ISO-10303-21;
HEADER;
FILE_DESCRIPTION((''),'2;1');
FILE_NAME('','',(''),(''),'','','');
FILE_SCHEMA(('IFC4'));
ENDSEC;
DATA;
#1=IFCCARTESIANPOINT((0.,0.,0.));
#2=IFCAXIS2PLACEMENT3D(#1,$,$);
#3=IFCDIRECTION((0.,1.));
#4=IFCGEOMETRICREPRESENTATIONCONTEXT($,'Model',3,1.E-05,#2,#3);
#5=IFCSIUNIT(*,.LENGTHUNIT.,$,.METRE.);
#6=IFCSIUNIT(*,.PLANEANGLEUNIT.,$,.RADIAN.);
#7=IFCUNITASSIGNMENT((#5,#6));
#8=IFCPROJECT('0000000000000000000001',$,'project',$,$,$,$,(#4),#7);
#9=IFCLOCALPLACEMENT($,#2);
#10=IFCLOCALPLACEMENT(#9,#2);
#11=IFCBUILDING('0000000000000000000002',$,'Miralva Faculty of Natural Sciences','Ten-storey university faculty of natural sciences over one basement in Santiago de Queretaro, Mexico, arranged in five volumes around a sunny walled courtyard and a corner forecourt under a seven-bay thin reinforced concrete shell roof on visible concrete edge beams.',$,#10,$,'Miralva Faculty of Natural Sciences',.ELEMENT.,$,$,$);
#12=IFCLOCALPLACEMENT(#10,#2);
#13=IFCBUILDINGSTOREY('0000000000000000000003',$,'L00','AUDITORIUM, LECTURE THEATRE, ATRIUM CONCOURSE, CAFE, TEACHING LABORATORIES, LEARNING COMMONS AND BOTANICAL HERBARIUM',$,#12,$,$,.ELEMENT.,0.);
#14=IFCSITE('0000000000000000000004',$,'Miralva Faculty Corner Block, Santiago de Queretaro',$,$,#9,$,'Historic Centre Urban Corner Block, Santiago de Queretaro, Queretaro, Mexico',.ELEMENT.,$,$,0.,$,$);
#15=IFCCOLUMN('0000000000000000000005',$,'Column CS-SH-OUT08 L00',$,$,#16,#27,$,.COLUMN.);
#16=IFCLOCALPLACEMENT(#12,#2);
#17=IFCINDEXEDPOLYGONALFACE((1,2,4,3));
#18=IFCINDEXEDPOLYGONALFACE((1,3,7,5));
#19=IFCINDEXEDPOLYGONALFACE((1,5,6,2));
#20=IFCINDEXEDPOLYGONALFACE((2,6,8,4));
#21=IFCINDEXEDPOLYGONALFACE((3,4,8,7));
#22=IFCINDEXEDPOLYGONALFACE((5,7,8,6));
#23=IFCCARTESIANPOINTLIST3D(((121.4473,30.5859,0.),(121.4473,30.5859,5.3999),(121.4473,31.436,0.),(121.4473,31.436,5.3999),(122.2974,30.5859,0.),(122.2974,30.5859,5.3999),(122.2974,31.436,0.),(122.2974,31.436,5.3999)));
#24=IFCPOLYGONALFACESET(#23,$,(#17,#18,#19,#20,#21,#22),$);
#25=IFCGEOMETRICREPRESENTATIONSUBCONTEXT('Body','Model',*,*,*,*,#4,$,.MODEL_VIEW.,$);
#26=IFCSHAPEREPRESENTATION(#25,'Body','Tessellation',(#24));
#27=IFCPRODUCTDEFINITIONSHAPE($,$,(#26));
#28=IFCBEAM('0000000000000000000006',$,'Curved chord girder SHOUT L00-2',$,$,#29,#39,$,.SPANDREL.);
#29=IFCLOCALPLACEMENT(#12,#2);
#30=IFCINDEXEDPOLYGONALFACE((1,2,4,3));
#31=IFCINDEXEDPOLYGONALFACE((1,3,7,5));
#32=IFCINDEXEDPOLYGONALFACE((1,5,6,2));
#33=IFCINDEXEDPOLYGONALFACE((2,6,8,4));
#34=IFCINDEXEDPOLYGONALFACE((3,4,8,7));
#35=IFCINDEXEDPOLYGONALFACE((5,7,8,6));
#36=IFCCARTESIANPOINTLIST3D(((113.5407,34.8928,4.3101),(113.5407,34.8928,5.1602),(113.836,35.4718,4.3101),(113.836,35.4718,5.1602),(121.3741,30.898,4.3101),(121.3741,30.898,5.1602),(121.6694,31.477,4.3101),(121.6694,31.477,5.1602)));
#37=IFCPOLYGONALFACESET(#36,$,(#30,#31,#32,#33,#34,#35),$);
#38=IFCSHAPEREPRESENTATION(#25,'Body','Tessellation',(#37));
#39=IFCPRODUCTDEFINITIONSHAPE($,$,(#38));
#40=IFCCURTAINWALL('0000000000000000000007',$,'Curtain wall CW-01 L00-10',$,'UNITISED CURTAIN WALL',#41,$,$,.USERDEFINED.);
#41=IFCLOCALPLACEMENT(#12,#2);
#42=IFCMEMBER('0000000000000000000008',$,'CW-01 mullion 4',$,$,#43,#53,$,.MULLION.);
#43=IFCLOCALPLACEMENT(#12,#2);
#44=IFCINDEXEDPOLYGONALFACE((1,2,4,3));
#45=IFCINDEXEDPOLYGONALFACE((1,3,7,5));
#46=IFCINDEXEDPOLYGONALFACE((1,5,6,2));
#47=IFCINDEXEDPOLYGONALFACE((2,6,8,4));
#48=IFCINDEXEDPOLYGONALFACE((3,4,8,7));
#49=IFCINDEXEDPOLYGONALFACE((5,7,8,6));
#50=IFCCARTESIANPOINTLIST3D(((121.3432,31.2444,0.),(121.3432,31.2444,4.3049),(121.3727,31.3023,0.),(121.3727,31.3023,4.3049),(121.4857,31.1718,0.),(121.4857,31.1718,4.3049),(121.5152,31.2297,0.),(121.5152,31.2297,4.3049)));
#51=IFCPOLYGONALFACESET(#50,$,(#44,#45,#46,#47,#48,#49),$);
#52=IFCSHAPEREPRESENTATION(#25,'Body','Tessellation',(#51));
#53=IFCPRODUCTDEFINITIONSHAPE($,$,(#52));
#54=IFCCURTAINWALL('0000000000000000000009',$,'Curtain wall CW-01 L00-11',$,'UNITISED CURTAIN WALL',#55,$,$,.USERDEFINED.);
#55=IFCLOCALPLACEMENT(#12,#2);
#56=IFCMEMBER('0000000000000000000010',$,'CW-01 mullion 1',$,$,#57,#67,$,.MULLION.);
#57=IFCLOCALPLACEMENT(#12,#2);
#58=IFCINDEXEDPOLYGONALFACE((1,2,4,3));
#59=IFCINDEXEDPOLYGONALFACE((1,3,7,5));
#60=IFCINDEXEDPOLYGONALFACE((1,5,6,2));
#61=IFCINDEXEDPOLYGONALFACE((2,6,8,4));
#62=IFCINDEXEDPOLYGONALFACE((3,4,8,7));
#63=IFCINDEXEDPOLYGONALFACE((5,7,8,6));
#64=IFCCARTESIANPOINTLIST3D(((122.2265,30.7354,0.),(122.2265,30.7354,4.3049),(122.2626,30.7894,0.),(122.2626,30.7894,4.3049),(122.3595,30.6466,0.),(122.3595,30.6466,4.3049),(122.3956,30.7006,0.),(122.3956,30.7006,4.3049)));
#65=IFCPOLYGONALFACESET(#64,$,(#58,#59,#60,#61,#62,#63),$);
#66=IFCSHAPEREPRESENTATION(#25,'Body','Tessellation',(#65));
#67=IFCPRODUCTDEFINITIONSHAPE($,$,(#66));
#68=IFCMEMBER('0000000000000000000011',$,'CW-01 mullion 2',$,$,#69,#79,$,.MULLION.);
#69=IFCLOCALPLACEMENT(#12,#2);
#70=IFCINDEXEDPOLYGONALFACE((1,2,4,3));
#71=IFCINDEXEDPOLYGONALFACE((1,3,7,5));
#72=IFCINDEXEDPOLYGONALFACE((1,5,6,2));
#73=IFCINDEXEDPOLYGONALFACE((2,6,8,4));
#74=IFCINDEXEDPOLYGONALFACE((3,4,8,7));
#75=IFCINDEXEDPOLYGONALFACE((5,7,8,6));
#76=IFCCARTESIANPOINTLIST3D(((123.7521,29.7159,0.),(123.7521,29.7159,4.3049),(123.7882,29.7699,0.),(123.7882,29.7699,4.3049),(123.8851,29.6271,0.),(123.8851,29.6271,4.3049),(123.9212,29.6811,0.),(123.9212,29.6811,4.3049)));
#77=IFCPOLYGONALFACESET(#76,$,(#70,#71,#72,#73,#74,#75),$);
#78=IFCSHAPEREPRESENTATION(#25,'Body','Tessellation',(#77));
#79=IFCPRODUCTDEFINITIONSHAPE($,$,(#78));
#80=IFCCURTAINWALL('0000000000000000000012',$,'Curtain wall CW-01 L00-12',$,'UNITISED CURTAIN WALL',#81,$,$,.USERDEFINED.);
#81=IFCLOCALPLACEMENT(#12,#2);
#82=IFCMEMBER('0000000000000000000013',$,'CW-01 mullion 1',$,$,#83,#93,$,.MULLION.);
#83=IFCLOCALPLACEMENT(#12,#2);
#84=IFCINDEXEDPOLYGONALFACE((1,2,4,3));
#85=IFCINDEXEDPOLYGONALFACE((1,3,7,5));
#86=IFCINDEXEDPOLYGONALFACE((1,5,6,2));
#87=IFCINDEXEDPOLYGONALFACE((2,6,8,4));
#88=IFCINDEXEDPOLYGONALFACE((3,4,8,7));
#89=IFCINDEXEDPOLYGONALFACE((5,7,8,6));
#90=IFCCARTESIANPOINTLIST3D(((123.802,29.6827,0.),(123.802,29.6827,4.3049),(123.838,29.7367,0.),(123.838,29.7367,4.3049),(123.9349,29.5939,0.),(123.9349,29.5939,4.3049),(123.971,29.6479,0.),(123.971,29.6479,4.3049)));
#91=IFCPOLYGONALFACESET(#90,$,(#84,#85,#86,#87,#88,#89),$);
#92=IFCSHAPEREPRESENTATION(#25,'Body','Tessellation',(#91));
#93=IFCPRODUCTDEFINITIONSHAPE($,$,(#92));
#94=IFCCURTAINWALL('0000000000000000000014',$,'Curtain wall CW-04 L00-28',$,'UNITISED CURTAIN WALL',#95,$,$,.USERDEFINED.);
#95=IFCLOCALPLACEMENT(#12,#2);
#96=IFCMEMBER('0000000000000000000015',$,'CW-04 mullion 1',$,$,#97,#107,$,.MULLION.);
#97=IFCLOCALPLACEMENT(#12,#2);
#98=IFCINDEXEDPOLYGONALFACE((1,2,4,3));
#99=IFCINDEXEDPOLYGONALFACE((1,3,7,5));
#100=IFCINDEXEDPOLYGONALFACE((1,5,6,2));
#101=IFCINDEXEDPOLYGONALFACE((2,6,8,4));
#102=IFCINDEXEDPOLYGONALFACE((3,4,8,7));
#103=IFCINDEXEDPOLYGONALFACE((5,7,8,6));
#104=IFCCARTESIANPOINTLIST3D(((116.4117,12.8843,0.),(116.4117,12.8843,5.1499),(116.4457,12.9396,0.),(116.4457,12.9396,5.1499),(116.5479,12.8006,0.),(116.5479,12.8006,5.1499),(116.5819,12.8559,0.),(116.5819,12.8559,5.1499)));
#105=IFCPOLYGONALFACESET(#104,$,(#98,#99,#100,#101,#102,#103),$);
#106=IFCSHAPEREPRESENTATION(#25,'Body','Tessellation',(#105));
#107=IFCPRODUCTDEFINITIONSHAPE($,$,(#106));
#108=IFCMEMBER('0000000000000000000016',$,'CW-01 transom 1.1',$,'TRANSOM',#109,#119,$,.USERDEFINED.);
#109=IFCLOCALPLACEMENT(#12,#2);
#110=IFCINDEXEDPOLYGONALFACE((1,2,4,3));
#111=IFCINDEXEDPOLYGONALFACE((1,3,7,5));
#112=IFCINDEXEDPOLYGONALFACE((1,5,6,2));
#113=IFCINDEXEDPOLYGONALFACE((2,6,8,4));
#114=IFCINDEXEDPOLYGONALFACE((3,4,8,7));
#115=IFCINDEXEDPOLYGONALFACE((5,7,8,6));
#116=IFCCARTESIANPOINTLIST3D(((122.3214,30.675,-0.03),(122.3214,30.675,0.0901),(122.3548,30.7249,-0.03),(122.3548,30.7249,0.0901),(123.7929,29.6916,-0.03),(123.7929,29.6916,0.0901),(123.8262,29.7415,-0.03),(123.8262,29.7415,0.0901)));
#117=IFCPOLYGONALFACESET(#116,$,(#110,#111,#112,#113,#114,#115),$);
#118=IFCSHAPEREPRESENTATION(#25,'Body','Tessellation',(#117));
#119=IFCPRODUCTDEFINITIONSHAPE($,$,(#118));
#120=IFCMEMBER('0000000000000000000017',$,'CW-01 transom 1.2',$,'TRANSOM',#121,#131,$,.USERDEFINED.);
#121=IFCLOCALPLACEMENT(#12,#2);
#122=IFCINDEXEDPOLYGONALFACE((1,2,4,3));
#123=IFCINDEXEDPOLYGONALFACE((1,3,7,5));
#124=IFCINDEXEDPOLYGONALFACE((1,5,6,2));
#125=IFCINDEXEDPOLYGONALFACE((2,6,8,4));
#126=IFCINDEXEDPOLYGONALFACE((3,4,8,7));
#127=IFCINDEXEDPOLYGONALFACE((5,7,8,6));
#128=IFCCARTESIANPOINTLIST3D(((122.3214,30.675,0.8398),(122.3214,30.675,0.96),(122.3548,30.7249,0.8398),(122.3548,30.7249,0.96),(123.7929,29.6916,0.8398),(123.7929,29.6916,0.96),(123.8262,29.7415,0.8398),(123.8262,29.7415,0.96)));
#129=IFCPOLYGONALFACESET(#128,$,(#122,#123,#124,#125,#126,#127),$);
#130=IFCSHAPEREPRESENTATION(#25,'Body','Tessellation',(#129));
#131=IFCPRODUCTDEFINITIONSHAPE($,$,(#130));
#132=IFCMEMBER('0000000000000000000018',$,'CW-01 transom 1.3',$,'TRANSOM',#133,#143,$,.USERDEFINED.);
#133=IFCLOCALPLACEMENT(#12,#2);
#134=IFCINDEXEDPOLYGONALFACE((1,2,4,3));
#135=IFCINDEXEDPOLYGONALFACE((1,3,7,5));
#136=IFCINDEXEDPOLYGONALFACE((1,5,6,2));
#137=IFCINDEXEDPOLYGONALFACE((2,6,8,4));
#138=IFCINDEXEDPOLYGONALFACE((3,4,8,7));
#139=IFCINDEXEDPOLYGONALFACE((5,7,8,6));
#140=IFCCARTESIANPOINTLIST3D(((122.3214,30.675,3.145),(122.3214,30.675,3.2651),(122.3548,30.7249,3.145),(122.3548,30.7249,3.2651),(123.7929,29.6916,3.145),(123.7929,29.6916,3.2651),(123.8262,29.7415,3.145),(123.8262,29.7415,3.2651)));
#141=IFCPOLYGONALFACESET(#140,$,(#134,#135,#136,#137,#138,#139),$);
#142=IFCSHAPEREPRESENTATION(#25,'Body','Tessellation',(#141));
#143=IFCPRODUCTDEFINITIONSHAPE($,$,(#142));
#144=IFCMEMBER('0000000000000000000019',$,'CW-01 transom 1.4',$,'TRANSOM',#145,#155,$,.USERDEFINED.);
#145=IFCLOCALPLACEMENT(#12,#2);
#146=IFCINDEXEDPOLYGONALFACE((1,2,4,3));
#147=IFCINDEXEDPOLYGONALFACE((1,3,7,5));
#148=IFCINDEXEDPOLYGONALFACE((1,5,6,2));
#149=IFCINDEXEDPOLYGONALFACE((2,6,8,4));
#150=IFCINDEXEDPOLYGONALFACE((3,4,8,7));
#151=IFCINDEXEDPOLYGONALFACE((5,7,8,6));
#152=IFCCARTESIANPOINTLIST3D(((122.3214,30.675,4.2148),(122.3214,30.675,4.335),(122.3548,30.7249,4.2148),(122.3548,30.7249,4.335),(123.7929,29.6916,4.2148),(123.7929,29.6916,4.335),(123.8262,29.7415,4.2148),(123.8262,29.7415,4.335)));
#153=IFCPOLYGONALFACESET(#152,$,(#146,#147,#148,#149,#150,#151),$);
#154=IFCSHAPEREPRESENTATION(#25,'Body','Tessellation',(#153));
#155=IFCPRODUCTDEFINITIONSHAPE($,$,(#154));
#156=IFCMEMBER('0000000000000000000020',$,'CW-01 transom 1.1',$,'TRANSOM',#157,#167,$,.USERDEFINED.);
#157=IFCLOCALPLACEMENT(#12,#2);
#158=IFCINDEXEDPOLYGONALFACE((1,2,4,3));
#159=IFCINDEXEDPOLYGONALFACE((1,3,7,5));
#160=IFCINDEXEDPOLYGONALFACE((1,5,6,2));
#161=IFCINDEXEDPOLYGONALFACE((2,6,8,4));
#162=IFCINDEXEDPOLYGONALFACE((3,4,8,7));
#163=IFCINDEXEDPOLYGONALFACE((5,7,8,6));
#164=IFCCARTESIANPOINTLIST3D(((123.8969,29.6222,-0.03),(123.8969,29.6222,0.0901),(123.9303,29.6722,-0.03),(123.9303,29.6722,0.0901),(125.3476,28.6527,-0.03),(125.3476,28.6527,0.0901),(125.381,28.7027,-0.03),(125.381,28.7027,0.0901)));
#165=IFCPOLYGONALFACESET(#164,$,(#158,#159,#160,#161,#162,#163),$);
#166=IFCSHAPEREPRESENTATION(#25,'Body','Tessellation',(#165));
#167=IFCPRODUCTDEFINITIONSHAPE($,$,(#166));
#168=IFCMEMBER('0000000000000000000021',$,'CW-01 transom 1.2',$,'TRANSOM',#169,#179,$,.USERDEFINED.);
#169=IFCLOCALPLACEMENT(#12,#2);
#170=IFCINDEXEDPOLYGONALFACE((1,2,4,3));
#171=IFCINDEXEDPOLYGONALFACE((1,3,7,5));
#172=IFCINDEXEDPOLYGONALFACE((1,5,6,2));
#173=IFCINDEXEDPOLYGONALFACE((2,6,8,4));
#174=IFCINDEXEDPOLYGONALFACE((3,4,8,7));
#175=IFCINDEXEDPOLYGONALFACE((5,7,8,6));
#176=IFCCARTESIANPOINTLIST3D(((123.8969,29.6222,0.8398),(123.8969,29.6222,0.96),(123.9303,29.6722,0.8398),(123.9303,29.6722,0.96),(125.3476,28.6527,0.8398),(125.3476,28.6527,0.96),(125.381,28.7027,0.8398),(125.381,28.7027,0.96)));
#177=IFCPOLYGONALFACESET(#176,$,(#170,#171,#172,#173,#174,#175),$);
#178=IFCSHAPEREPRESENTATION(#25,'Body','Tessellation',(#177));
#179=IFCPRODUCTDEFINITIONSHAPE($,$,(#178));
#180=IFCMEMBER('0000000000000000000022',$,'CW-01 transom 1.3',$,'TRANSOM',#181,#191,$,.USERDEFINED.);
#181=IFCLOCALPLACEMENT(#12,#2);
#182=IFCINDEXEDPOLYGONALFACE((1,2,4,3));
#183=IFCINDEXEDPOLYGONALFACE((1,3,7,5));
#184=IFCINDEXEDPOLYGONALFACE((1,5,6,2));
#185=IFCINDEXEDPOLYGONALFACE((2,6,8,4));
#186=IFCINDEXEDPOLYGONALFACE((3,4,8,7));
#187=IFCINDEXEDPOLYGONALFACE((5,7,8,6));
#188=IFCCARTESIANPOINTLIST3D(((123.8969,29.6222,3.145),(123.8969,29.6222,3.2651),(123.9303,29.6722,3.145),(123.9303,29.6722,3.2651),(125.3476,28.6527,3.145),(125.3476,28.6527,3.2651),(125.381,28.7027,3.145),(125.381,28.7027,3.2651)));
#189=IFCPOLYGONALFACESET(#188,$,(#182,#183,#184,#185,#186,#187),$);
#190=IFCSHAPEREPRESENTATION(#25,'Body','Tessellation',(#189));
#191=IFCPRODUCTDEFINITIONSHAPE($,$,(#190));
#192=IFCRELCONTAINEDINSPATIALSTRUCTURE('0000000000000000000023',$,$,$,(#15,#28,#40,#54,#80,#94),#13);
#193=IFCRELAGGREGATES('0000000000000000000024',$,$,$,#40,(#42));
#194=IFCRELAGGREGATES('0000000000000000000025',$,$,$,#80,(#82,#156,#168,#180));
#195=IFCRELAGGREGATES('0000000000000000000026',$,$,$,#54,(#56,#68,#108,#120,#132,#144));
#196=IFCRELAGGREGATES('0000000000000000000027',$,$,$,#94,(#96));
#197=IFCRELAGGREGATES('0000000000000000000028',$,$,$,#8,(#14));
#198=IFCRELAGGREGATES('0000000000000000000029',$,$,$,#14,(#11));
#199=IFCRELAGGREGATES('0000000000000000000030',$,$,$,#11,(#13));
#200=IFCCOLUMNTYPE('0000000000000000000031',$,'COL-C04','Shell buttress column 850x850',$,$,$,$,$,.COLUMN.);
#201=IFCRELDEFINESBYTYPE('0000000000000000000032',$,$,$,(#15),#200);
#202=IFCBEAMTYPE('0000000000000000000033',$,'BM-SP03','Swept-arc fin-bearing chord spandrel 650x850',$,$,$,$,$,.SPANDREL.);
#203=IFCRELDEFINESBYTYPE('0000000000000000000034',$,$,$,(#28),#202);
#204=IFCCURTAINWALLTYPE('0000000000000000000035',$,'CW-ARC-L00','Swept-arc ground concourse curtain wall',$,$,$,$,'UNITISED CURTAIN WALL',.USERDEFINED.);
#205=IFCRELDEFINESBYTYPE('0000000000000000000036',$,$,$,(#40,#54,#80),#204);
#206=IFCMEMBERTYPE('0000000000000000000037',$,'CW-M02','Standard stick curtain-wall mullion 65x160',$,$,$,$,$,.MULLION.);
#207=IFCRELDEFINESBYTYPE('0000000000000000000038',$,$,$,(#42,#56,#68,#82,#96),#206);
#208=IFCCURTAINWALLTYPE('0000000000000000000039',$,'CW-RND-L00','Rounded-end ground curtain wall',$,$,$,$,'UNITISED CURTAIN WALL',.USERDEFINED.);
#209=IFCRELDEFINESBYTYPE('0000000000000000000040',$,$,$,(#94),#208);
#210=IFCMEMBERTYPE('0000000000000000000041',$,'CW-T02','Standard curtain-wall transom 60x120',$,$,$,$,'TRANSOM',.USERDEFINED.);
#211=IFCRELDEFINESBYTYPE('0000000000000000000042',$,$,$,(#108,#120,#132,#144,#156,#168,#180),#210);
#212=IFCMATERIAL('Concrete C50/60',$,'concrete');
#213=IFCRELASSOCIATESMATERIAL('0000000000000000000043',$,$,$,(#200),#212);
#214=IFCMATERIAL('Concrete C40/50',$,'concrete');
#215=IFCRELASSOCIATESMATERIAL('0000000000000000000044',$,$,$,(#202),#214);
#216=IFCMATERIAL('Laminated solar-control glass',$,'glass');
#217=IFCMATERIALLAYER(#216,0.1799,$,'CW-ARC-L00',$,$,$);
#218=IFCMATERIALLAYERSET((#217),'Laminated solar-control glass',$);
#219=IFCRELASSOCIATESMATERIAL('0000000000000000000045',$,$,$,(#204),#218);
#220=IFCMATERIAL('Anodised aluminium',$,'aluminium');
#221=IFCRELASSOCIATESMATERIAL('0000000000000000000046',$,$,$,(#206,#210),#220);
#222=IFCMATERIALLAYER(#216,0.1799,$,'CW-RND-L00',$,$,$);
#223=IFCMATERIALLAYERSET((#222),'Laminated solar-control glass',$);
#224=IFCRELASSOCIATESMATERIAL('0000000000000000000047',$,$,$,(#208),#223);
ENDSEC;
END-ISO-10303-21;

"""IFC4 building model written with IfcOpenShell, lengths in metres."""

from ifc_helpers import new_model, si_unit, direction, frame, origin, origin_2d, place, context, subcontext, project, spatial, rectangle, extrude, material, layer, layer_set, material_profile, profile_set, type_object, element, aggregate, save


model = new_model("IFC4")

# Units and contexts
model_context = context("Model", 3, precision=1e-05, world=origin(), true_north=direction((0.0, 1.0)))
body_context = subcontext(model_context, "Body", "Model", "MODEL_VIEW")
ifc_project = project(units=[si_unit("LENGTHUNIT", "METRE"), si_unit("PLANEANGLEUNIT", "RADIAN")], contexts=[model_context])

# Site, building, storey
site_placement = place(None, origin())
site = spatial("IfcSite", under=ifc_project, at=site_placement, Name="Miralva Faculty Corner Block, Santiago de Queretaro", LongName="Historic Centre Urban Corner Block, Santiago de Queretaro, Queretaro, Mexico", CompositionType="ELEMENT", RefElevation=0.0)
building_placement = place(site_placement, origin())
building = spatial("IfcBuilding", under=site, at=building_placement, Name="Miralva Faculty of Natural Sciences", Description="Ten-storey university faculty of natural sciences over one basement in Santiago de Queretaro, Mexico, arranged in five volumes around a sunny walled courtyard and a corner forecourt under a seven-bay thin reinforced concrete shell roof on visible concrete edge beams.", LongName="Miralva Faculty of Natural Sciences", CompositionType="ELEMENT")
storey_placement = place(building_placement, origin())
storey = spatial("IfcBuildingStorey", under=building, at=storey_placement, Name="L00", Description="AUDITORIUM, LECTURE THEATRE, ATRIUM CONCOURSE, CAFE, TEACHING LABORATORIES, LEARNING COMMONS AND BOTANICAL HERBARIUM", CompositionType="ELEMENT", Elevation=0.0)

# Column
ifc_material_1 = material(Name="Concrete C50/60", Category="concrete")
ifc_material_profile_1 = material_profile(ifc_material_1, rectangle(XDim=0.8501, YDim=0.8501, at=origin_2d()), Name="RC 850x850")
ifc_profile_set_1 = profile_set([ifc_material_profile_1], Name="Concrete C50/60")
column_type = type_object("IfcColumnType", Name="COL-C04", Description="Shell buttress column 850x850", PredefinedType="COLUMN", material=ifc_profile_set_1)
column_placement = place(storey_placement, frame((121.8723, 31.011, 0.0), z_axis=(0.0, 0.0, 1.0), x_axis=(1.0, 0.0, 0.0)))
element("IfcColumn", 1, at=column_placement, inside=storey, type_object=column_type, Name="Column CS-SH-OUT08 L00", PredefinedType="COLUMN", context=body_context, shape_type="SweptSolid", body=[
    extrude(rectangle(XDim=0.8501, YDim=0.8501, at=origin_2d()), origin(), (0.0, 0.0, 1.0), 5.3999),
])

# Beam
ifc_material_2 = material(Name="Concrete C40/50", Category="concrete")
ifc_material_profile_2 = material_profile(ifc_material_2, rectangle(XDim=0.6499, YDim=0.8501, at=origin_2d()), Name="RC 650x850")
ifc_profile_set_2 = profile_set([ifc_material_profile_2], Name="Concrete C40/50")
beam_type = type_object("IfcBeamType", Name="BM-SP03", Description="Swept-arc fin-bearing chord spandrel 650x850", PredefinedType="SPANDREL", material=ifc_profile_set_2)
beam_placement = place(storey_placement, frame((121.5217, 31.1875, 4.7351), z_axis=(-0.890845, 0.454307, 0.0), x_axis=(-0.454307, -0.890845, 0.0)))
element("IfcBeam", 2, at=beam_placement, inside=storey, type_object=beam_type, Name="Curved chord girder SHOUT L00-2", PredefinedType="SPANDREL", context=body_context, shape_type="SweptSolid", body=[
    extrude(rectangle(XDim=0.6499, YDim=0.8501, at=origin_2d()), origin(), (0.0, 0.0, 1.0), 8.7932),
])

# Curtain wall, member
ifc_material_3 = material(Name="Laminated solar-control glass", Category="glass")
ifc_layer_1 = layer(ifc_material_3, 0.1799, Name="CW-ARC-L00")
ifc_layer_set_1 = layer_set([ifc_layer_1], Name="Laminated solar-control glass")
curtain_wall_type_1 = type_object("IfcCurtainWallType", Name="CW-ARC-L00", Description="Swept-arc ground concourse curtain wall", ElementType="UNITISED CURTAIN WALL", PredefinedType="USERDEFINED", material=ifc_layer_set_1)
curtain_wall_1_placement = place(storey_placement, origin())
curtain_wall_1 = element("IfcCurtainWall", 3, at=curtain_wall_1_placement, inside=storey, type_object=curtain_wall_type_1, Name="Curtain wall CW-01 L00-10", ObjectType="UNITISED CURTAIN WALL", PredefinedType="USERDEFINED")
ifc_material_4 = material(Name="Anodised aluminium", Category="aluminium")
ifc_material_profile_3 = material_profile(ifc_material_4, rectangle(XDim=0.0649, YDim=0.1599, at=origin_2d()), Name="MULLION 65x160")
ifc_profile_set_3 = profile_set([ifc_material_profile_3], Name="Anodised aluminium")
member_type_1 = type_object("IfcMemberType", Name="CW-M02", Description="Standard stick curtain-wall mullion 65x160", PredefinedType="MULLION", material=ifc_profile_set_3)
member_1_placement = place(storey_placement, frame((121.4292, 31.2371, 0.0), z_axis=(0.0, 0.0, 1.0), x_axis=(0.453997, 0.891003, 0.0)))
member_1 = element("IfcMember", 4, at=member_1_placement, type_object=member_type_1, Name="CW-01 mullion 4", PredefinedType="MULLION", context=body_context, shape_type="SweptSolid", body=[
    extrude(rectangle(XDim=0.0649, YDim=0.1599, at=origin_2d()), origin(), (0.0, 0.0, 1.0), 4.3049),
])
aggregate(curtain_wall_1, [member_1])

# Curtain wall, members
curtain_wall_2_placement = place(storey_placement, origin())
curtain_wall_2 = element("IfcCurtainWall", 5, at=curtain_wall_2_placement, inside=storey, type_object=curtain_wall_type_1, Name="Curtain wall CW-01 L00-11", ObjectType="UNITISED CURTAIN WALL", PredefinedType="USERDEFINED")
member_2_placement = place(storey_placement, frame((122.311, 30.718, 0.0), z_axis=(0.0, 0.0, 1.0), x_axis=(0.555562, 0.831475, 0.0)))
member_2 = element("IfcMember", 6, at=member_2_placement, type_object=member_type_1, Name="CW-01 mullion 1", PredefinedType="MULLION", context=body_context, shape_type="SweptSolid", body=[
    extrude(rectangle(XDim=0.0649, YDim=0.1599, at=origin_2d()), origin(), (0.0, 0.0, 1.0), 4.3049),
])
member_3_placement = place(storey_placement, frame((123.8367, 29.6985, 0.0), z_axis=(0.0, 0.0, 1.0), x_axis=(0.555562, 0.831475, 0.0)))
member_3 = element("IfcMember", 7, at=member_3_placement, type_object=member_type_1, Name="CW-01 mullion 2", PredefinedType="MULLION", context=body_context, shape_type="SweptSolid", body=[
    extrude(rectangle(XDim=0.0649, YDim=0.1599, at=origin_2d()), origin(), (0.0, 0.0, 1.0), 4.3049),
])

# Curtain walls, members
curtain_wall_3_placement = place(storey_placement, origin())
curtain_wall_3 = element("IfcCurtainWall", 8, at=curtain_wall_3_placement, inside=storey, type_object=curtain_wall_type_1, Name="Curtain wall CW-01 L00-12", ObjectType="UNITISED CURTAIN WALL", PredefinedType="USERDEFINED")
member_4_placement = place(storey_placement, frame((123.8865, 29.6653, 0.0), z_axis=(0.0, 0.0, 1.0), x_axis=(0.555562, 0.831475, 0.0)))
member_4 = element("IfcMember", 9, at=member_4_placement, type_object=member_type_1, Name="CW-01 mullion 1", PredefinedType="MULLION", context=body_context, shape_type="SweptSolid", body=[
    extrude(rectangle(XDim=0.0649, YDim=0.1599, at=origin_2d()), origin(), (0.0, 0.0, 1.0), 4.3049),
])
ifc_layer_2 = layer(ifc_material_3, 0.1799, Name="CW-RND-L00")
ifc_layer_set_2 = layer_set([ifc_layer_2], Name="Laminated solar-control glass")
curtain_wall_type_2 = type_object("IfcCurtainWallType", Name="CW-RND-L00", Description="Rounded-end ground curtain wall", ElementType="UNITISED CURTAIN WALL", PredefinedType="USERDEFINED", material=ifc_layer_set_2)
curtain_wall_4_placement = place(storey_placement, origin())
curtain_wall_4 = element("IfcCurtainWall", 10, at=curtain_wall_4_placement, inside=storey, type_object=curtain_wall_type_2, Name="Curtain wall CW-04 L00-28", ObjectType="UNITISED CURTAIN WALL", PredefinedType="USERDEFINED")
member_5_placement = place(storey_placement, frame((116.4968, 12.8701, 0.0), z_axis=(0.0, 0.0, 1.0), x_axis=(0.523535, 0.852004, 0.0)))
member_5 = element("IfcMember", 11, at=member_5_placement, type_object=member_type_1, Name="CW-04 mullion 1", PredefinedType="MULLION", context=body_context, shape_type="SweptSolid", body=[
    extrude(rectangle(XDim=0.0649, YDim=0.1599, at=origin_2d()), origin(), (0.0, 0.0, 1.0), 5.1499),
])

# Members
ifc_material_profile_4 = material_profile(ifc_material_4, rectangle(XDim=0.0601, YDim=0.1201, at=origin_2d()), Name="TRANSOM 60x120")
ifc_profile_set_4 = profile_set([ifc_material_profile_4], Name="Anodised aluminium")
member_type_2 = type_object("IfcMemberType", Name="CW-T02", Description="Standard curtain-wall transom 60x120", ElementType="TRANSOM", PredefinedType="USERDEFINED", material=ifc_profile_set_4)
member_6_placement = place(storey_placement, frame((122.3381, 30.7, 0.03), z_axis=(0.831413, -0.555655, 0.0), x_axis=(0.555655, 0.831413, 0.0)))
member_6 = element("IfcMember", 12, at=member_6_placement, type_object=member_type_2, Name="CW-01 transom 1.1", ObjectType="TRANSOM", PredefinedType="USERDEFINED", context=body_context, shape_type="SweptSolid", body=[
    extrude(rectangle(XDim=0.0601, YDim=0.1201, at=origin_2d()), origin(), (0.0, 0.0, 1.0), 1.7698),
])
member_7_placement = place(storey_placement, frame((122.3381, 30.7, 0.8999), z_axis=(0.831413, -0.555655, 0.0), x_axis=(0.555655, 0.831413, 0.0)))
member_7 = element("IfcMember", 13, at=member_7_placement, type_object=member_type_2, Name="CW-01 transom 1.2", ObjectType="TRANSOM", PredefinedType="USERDEFINED", context=body_context, shape_type="SweptSolid", body=[
    extrude(rectangle(XDim=0.0601, YDim=0.1201, at=origin_2d()), origin(), (0.0, 0.0, 1.0), 1.7698),
])
member_8_placement = place(storey_placement, frame((122.3381, 30.7, 3.2051), z_axis=(0.831413, -0.555655, 0.0), x_axis=(0.555655, 0.831413, 0.0)))
member_8 = element("IfcMember", 14, at=member_8_placement, type_object=member_type_2, Name="CW-01 transom 1.3", ObjectType="TRANSOM", PredefinedType="USERDEFINED", context=body_context, shape_type="SweptSolid", body=[
    extrude(rectangle(XDim=0.0601, YDim=0.1201, at=origin_2d()), origin(), (0.0, 0.0, 1.0), 1.7698),
])
member_9_placement = place(storey_placement, frame((122.3381, 30.7, 4.2749), z_axis=(0.831413, -0.555655, 0.0), x_axis=(0.555655, 0.831413, 0.0)))
member_9 = element("IfcMember", 15, at=member_9_placement, type_object=member_type_2, Name="CW-01 transom 1.4", ObjectType="TRANSOM", PredefinedType="USERDEFINED", context=body_context, shape_type="SweptSolid", body=[
    extrude(rectangle(XDim=0.0601, YDim=0.1201, at=origin_2d()), origin(), (0.0, 0.0, 1.0), 1.7698),
])
member_10_placement = place(storey_placement, frame((123.9136, 29.6472, 0.03), z_axis=(0.831425, -0.555636, 0.0), x_axis=(0.555636, 0.831425, 0.0)))
member_10 = element("IfcMember", 16, at=member_10_placement, type_object=member_type_2, Name="CW-01 transom 1.1", ObjectType="TRANSOM", PredefinedType="USERDEFINED", context=body_context, shape_type="SweptSolid", body=[
    extrude(rectangle(XDim=0.0601, YDim=0.1201, at=origin_2d()), origin(), (0.0, 0.0, 1.0), 1.7449),
])
member_11_placement = place(storey_placement, frame((123.9136, 29.6472, 0.8999), z_axis=(0.831425, -0.555636, 0.0), x_axis=(0.555636, 0.831425, 0.0)))
member_11 = element("IfcMember", 17, at=member_11_placement, type_object=member_type_2, Name="CW-01 transom 1.2", ObjectType="TRANSOM", PredefinedType="USERDEFINED", context=body_context, shape_type="SweptSolid", body=[
    extrude(rectangle(XDim=0.0601, YDim=0.1201, at=origin_2d()), origin(), (0.0, 0.0, 1.0), 1.7449),
])
member_12_placement = place(storey_placement, frame((123.9136, 29.6472, 3.2051), z_axis=(0.831425, -0.555636, 0.0), x_axis=(0.555636, 0.831425, 0.0)))
member_12 = element("IfcMember", 18, at=member_12_placement, type_object=member_type_2, Name="CW-01 transom 1.3", ObjectType="TRANSOM", PredefinedType="USERDEFINED", context=body_context, shape_type="SweptSolid", body=[
    extrude(rectangle(XDim=0.0601, YDim=0.1201, at=origin_2d()), origin(), (0.0, 0.0, 1.0), 1.7449),
])
aggregate(curtain_wall_3, [member_4, member_10, member_11, member_12])

aggregate(curtain_wall_2, [member_2, member_3, member_6, member_7, member_8, member_9])
aggregate(curtain_wall_4, [member_5])

save(model, "model.ifc")
